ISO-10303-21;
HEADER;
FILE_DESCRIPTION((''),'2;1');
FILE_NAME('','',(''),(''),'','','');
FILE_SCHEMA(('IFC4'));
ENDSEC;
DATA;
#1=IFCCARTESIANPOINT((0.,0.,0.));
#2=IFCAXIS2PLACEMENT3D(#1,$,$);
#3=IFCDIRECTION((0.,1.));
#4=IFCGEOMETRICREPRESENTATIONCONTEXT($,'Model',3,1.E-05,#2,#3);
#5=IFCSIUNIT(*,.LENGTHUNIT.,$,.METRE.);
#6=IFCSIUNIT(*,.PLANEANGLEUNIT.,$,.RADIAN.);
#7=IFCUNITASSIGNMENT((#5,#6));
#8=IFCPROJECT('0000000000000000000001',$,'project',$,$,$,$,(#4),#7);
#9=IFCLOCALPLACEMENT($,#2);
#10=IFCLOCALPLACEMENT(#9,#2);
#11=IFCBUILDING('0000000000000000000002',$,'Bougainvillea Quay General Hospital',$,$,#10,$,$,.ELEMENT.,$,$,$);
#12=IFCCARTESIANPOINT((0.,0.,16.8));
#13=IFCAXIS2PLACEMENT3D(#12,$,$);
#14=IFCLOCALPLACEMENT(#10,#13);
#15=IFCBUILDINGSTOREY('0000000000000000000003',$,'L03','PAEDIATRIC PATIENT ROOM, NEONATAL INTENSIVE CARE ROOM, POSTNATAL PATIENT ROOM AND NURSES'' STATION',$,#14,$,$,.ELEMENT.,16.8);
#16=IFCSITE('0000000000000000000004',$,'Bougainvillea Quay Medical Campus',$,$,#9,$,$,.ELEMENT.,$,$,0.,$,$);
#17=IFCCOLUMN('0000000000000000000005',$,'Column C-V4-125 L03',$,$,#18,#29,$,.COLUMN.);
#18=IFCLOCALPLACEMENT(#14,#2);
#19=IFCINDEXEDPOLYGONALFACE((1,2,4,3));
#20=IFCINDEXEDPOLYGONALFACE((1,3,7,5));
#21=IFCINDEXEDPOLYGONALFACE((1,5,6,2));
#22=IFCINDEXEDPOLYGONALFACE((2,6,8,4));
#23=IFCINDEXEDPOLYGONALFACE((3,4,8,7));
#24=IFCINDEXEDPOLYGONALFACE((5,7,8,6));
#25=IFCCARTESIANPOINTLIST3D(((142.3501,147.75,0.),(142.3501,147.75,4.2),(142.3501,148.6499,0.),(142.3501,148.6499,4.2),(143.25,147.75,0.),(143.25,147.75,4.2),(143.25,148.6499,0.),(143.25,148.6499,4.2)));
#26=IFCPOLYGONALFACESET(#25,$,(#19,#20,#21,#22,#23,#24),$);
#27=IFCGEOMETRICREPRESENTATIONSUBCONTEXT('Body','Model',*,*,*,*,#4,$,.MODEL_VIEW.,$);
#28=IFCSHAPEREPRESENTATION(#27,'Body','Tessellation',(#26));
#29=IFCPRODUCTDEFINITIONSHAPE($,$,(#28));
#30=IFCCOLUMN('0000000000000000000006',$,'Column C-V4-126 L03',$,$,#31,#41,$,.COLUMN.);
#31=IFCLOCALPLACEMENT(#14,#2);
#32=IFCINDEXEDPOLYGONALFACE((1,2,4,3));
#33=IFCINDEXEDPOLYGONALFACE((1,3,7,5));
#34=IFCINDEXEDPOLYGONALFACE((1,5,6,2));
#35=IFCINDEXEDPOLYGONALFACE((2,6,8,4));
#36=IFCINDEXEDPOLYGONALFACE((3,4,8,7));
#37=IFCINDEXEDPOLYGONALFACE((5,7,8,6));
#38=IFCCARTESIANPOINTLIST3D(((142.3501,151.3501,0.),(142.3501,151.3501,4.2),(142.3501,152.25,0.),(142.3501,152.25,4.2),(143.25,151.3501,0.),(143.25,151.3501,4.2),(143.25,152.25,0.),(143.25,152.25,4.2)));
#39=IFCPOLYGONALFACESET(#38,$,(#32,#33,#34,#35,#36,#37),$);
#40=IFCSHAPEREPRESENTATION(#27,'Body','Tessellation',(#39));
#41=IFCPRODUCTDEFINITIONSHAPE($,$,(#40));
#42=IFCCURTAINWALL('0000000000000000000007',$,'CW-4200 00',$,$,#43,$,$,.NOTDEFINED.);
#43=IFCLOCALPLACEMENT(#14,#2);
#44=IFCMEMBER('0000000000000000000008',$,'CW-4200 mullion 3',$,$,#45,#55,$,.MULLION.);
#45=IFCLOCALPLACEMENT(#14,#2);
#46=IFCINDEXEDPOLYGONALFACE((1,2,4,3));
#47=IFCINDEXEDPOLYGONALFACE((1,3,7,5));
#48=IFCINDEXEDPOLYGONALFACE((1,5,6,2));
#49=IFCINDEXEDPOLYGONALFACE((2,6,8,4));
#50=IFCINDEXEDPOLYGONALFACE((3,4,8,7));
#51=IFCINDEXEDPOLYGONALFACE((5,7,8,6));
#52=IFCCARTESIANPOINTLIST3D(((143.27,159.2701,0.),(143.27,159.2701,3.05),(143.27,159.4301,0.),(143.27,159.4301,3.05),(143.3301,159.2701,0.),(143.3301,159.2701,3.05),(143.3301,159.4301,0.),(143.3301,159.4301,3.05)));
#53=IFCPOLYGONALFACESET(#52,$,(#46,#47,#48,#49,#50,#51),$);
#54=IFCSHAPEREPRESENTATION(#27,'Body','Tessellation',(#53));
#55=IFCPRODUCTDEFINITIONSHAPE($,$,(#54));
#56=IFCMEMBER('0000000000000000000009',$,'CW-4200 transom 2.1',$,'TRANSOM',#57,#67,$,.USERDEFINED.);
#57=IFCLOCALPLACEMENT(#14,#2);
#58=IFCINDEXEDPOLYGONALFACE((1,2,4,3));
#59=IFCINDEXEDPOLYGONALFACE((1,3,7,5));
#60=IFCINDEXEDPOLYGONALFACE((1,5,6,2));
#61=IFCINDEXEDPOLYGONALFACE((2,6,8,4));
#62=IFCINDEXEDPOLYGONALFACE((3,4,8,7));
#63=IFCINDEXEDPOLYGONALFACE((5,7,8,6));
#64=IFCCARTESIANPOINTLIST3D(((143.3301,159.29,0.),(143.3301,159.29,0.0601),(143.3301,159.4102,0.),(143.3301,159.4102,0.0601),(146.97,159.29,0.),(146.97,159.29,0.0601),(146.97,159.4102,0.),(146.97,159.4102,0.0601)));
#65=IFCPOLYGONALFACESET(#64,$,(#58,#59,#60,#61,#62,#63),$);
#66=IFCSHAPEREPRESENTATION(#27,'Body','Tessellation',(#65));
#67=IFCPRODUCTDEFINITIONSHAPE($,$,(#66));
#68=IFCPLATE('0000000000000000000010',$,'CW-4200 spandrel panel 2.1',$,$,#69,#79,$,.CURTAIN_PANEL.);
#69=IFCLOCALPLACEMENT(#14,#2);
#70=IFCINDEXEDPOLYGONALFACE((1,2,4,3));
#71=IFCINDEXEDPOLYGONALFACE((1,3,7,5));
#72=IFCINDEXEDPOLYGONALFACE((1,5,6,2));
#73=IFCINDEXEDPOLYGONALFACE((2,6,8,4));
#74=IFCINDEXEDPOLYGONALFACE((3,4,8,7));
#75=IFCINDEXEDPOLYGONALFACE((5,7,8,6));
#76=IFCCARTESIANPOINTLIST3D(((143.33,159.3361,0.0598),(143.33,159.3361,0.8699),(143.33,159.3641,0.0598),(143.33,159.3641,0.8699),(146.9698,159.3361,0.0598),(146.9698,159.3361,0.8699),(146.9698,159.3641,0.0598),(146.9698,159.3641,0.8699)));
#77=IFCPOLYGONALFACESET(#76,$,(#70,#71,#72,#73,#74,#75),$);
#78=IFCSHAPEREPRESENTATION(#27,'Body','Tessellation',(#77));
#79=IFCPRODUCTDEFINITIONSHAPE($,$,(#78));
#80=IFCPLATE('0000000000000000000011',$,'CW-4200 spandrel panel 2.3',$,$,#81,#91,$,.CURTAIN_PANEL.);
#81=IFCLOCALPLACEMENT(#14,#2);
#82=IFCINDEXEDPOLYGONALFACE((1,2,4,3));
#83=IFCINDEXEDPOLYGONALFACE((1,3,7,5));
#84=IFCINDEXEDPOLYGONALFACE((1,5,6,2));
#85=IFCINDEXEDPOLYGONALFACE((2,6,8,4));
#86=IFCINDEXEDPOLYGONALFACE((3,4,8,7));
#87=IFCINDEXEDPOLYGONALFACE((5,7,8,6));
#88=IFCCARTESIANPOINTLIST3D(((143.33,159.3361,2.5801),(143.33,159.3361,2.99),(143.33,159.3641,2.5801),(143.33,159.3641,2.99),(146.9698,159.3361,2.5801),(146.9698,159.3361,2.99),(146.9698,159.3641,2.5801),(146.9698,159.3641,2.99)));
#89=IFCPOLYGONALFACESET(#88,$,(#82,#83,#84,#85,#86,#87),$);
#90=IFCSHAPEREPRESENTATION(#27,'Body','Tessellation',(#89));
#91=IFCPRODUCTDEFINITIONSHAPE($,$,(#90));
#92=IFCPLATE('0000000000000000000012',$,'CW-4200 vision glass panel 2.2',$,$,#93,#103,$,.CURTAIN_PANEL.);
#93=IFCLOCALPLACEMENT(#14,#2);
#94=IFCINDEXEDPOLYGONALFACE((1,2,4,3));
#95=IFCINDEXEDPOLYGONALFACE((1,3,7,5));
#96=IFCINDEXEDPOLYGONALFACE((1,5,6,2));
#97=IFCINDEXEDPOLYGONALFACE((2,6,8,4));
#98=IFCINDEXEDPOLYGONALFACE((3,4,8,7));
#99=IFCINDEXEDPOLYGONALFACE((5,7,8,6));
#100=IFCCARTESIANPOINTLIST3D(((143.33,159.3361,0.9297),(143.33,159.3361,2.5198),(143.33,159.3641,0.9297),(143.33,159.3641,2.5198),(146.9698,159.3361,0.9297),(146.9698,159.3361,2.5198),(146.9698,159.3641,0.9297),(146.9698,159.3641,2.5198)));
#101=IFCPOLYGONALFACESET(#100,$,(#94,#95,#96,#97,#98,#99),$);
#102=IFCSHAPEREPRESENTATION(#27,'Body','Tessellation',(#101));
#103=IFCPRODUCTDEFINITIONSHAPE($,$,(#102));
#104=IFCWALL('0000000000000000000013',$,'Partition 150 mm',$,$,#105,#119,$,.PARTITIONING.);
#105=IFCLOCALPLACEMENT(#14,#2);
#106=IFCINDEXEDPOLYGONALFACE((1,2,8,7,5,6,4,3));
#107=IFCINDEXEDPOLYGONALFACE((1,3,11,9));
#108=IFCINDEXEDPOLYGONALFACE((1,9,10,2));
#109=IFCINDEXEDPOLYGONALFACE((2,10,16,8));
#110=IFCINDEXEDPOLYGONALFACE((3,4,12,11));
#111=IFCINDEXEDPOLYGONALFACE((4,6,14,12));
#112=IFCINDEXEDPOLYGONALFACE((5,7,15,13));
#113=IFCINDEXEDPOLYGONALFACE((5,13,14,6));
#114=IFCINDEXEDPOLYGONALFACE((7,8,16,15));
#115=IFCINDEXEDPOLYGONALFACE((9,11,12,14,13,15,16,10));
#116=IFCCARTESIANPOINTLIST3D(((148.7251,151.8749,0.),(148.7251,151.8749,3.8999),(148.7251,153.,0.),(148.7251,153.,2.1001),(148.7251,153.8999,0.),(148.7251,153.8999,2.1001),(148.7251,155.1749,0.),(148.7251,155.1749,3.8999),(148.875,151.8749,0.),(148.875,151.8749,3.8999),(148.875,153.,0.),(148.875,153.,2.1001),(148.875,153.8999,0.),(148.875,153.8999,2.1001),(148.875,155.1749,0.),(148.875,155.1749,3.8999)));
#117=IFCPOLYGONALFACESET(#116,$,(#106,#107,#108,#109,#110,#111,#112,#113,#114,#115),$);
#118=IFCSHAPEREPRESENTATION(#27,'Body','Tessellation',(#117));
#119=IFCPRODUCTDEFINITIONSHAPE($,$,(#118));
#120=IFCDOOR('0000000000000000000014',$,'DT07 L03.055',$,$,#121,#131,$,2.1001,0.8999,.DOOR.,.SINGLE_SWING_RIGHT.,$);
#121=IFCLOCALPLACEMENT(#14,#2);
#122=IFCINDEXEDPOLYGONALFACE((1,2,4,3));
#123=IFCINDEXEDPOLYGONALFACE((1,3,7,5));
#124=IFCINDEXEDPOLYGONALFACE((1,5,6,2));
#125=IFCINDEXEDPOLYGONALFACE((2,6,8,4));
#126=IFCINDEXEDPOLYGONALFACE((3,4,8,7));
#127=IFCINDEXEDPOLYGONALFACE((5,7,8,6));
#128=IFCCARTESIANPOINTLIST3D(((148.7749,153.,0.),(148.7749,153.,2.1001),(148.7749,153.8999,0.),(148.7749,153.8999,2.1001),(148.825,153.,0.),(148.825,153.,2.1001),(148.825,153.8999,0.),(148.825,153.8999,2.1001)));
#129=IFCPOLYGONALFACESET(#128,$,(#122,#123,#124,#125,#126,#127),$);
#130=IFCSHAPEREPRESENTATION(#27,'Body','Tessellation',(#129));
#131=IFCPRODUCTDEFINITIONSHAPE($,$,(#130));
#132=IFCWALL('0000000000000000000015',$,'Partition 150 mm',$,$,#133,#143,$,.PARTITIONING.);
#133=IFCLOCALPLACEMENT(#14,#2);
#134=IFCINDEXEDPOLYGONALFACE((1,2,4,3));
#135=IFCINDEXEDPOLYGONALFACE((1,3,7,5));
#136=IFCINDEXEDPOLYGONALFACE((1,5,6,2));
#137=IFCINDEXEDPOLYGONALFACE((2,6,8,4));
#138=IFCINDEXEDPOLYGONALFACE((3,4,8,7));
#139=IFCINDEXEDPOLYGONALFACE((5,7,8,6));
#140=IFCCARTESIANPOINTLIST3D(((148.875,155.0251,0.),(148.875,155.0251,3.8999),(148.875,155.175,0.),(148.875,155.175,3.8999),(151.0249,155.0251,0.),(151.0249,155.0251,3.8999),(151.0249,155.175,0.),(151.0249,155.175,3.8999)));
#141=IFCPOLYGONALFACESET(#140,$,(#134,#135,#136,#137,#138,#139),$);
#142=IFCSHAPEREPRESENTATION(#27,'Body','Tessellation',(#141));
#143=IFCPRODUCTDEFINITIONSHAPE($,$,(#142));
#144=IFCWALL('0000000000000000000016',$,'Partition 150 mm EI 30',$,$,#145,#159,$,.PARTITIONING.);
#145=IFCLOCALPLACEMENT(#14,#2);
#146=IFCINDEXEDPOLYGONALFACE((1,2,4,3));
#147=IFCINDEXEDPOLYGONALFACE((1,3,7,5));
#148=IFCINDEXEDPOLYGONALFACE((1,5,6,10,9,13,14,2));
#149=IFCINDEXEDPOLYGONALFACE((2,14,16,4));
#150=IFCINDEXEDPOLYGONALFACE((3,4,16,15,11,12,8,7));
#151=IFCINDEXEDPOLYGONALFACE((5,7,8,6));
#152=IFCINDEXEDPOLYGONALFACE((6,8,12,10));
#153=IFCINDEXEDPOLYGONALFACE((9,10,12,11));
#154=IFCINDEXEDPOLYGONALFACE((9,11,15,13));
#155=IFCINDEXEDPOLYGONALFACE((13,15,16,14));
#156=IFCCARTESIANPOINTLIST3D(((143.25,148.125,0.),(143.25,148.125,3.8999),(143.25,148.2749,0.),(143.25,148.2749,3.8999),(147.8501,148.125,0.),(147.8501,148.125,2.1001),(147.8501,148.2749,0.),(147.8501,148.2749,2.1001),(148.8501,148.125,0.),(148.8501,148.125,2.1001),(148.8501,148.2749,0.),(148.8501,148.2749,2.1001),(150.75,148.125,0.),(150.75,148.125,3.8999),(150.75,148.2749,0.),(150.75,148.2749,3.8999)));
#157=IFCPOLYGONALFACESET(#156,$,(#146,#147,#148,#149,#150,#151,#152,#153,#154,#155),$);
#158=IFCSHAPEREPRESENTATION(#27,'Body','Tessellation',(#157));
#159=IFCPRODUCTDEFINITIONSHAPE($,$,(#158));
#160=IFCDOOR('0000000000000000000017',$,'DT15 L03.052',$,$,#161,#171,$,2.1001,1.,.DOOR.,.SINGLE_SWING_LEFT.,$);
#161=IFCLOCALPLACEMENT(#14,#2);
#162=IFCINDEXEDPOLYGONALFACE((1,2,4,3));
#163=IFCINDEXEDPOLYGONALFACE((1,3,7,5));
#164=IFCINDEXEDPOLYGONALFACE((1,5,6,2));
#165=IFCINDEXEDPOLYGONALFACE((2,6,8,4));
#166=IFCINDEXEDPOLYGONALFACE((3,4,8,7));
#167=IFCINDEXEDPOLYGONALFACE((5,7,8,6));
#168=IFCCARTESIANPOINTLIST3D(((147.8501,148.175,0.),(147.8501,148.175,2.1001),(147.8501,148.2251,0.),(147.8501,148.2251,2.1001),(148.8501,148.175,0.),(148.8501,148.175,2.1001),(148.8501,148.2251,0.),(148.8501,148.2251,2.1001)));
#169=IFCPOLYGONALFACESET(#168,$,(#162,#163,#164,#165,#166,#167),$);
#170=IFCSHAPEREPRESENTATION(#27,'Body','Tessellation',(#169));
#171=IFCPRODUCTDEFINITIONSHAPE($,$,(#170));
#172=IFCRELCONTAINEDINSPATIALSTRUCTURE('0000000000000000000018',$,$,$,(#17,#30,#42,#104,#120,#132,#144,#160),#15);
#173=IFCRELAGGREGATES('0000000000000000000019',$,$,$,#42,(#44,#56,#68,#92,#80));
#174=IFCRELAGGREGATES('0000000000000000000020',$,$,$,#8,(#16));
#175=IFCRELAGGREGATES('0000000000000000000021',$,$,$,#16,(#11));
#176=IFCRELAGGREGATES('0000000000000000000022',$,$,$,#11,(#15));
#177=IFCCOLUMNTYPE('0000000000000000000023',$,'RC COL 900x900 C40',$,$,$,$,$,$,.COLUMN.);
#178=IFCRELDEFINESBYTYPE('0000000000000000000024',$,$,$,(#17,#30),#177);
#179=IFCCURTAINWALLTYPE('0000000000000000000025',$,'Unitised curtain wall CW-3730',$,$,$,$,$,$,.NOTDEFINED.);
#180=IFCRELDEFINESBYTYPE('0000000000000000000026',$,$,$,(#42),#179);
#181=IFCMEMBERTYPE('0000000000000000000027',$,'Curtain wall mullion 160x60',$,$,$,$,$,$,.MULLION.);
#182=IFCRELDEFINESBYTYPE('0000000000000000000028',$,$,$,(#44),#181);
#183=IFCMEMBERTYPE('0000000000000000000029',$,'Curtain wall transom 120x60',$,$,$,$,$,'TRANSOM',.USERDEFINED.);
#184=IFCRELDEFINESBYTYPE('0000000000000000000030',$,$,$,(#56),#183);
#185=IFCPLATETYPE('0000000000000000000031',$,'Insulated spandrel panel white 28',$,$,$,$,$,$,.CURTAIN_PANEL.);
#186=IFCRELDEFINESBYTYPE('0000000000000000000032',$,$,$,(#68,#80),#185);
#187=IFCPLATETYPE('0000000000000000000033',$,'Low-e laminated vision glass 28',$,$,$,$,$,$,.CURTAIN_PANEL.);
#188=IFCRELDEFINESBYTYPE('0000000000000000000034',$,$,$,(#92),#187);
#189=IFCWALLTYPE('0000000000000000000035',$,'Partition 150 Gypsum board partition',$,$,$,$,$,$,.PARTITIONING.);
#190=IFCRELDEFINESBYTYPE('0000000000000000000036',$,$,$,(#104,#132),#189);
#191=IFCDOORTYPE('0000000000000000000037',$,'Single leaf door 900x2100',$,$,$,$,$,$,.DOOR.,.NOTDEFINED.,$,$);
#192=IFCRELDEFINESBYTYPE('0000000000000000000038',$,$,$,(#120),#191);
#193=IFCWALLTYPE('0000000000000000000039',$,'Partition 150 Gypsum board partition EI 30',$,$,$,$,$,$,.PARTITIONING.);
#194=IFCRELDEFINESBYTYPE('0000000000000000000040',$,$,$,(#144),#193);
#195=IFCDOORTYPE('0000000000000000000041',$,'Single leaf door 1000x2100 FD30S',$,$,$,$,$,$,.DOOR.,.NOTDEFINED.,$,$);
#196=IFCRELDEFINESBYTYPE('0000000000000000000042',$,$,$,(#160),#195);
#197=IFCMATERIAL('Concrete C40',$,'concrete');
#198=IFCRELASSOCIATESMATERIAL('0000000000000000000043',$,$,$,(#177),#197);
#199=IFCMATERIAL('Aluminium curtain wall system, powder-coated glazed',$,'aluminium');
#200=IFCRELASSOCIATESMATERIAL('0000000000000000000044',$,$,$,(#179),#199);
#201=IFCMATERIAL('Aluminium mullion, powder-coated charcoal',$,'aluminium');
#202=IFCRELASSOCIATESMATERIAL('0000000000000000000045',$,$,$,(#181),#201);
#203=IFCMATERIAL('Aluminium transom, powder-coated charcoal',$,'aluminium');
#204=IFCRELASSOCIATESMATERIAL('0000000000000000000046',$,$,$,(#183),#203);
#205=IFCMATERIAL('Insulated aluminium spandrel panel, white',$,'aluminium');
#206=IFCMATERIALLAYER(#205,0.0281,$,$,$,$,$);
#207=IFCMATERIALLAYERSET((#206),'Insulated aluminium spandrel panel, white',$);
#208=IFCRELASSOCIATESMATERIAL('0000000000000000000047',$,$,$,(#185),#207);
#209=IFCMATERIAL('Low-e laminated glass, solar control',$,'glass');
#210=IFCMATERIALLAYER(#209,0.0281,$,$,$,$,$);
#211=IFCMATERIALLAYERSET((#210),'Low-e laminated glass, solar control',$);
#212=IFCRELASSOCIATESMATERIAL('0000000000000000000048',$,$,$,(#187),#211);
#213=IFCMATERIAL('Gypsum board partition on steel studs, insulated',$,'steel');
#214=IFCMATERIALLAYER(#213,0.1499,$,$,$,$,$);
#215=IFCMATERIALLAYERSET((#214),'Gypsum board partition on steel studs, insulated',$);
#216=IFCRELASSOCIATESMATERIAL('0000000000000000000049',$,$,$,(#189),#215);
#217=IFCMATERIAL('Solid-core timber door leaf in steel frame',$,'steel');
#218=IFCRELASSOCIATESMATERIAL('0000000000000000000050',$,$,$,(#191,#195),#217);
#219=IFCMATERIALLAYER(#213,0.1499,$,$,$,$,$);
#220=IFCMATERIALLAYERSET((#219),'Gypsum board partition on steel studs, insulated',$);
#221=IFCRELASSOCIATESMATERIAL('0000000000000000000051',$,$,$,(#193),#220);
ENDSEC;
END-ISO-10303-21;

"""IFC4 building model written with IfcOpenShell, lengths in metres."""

from ifc_helpers import new_model, si_unit, direction, frame, frame_2d, origin, origin_2d, place, context, subcontext, project, spatial, rectangle, extrude, material, layer, layer_set, material_profile, profile_set, type_object, element, fill, aggregate, save


model = new_model("IFC4")

# Units and contexts
model_context = context("Model", 3, precision=1e-05, world=origin(), true_north=direction((0.0, 1.0)))
body_context = subcontext(model_context, "Body", "Model", "MODEL_VIEW")
ifc_project = project(units=[si_unit("LENGTHUNIT", "METRE"), si_unit("PLANEANGLEUNIT", "RADIAN")], contexts=[model_context])

# Site, building, storey
site_placement = place(None, origin())
site = spatial("IfcSite", under=ifc_project, at=site_placement, Name="Bougainvillea Quay Medical Campus", CompositionType="ELEMENT", RefElevation=0.0)
building_placement = place(site_placement, origin())
building = spatial("IfcBuilding", under=site, at=building_placement, Name="Bougainvillea Quay General Hospital", CompositionType="ELEMENT")
storey_placement = place(building_placement, frame((0.0, 0.0, 16.8)))
storey = spatial("IfcBuildingStorey", under=building, at=storey_placement, Name="L03", Description="PAEDIATRIC PATIENT ROOM, NEONATAL INTENSIVE CARE ROOM, POSTNATAL PATIENT ROOM AND NURSES' STATION", CompositionType="ELEMENT", Elevation=16.8)

# Columns
ifc_material_1 = material(Name="Concrete C40", Category="concrete")
ifc_material_profile_1 = material_profile(ifc_material_1, rectangle(XDim=0.8999, YDim=0.8999, at=origin_2d()))
ifc_profile_set_1 = profile_set([ifc_material_profile_1], Name="Concrete C40")
column_type = type_object("IfcColumnType", Name="RC COL 900x900 C40", PredefinedType="COLUMN", material=ifc_profile_set_1)
for number, where, z_axis, x_axis, name in (
    (1, (142.8, 148.2, 0.0), (0.0, 0.0, 1.0), (1.0, 0.0, 0.0), "Column C-V4-125 L03"),
    (2, (142.8, 151.8, 0.0), (0.0, 0.0, 1.0), (1.0, 0.0, 0.0), "Column C-V4-126 L03"),
):
    element("IfcColumn", number, at=place(storey_placement, frame(where, z_axis=z_axis, x_axis=x_axis)), inside=storey, type_object=column_type, Name=name, PredefinedType="COLUMN", context=body_context, shape_type="SweptSolid", body=[
        extrude(rectangle(XDim=0.8999, YDim=0.8999, at=origin_2d()), origin(), (0.0, 0.0, 1.0), 4.2),
    ])

# Curtain wall, members, plates
ifc_material_2 = material(Name="Aluminium curtain wall system, powder-coated glazed", Category="aluminium")
curtain_wall_type = type_object("IfcCurtainWallType", Name="Unitised curtain wall CW-3730", PredefinedType="NOTDEFINED", material=ifc_material_2)
curtain_wall_placement = place(storey_placement, origin())
curtain_wall = element("IfcCurtainWall", 3, at=curtain_wall_placement, inside=storey, type_object=curtain_wall_type, Name="CW-4200 00", PredefinedType="NOTDEFINED")
ifc_material_3 = material(Name="Aluminium mullion, powder-coated charcoal", Category="aluminium")
ifc_material_profile_2 = material_profile(ifc_material_3, rectangle(XDim=0.1599, YDim=0.0601, at=origin_2d()))
ifc_profile_set_2 = profile_set([ifc_material_profile_2], Name="Aluminium mullion, powder-coated charcoal")
member_type_1 = type_object("IfcMemberType", Name="Curtain wall mullion 160x60", PredefinedType="MULLION", material=ifc_profile_set_2)
member_1_placement = place(storey_placement, frame((143.3, 159.3501, 0.0), z_axis=(0.0, 0.0, 1.0), x_axis=(0.0, -1.0, 0.0)))
member_1 = element("IfcMember", 4, at=member_1_placement, type_object=member_type_1, Name="CW-4200 mullion 3", PredefinedType="MULLION", context=body_context, shape_type="SweptSolid", body=[
    extrude(rectangle(XDim=0.1599, YDim=0.0601, at=origin_2d()), origin(), (0.0, 0.0, 1.0), 3.05),
])
ifc_material_4 = material(Name="Aluminium transom, powder-coated charcoal", Category="aluminium")
ifc_material_profile_3 = material_profile(ifc_material_4, rectangle(XDim=0.1201, YDim=0.0601, at=origin_2d()))
ifc_profile_set_3 = profile_set([ifc_material_profile_3], Name="Aluminium transom, powder-coated charcoal")
member_type_2 = type_object("IfcMemberType", Name="Curtain wall transom 120x60", ElementType="TRANSOM", PredefinedType="USERDEFINED", material=ifc_profile_set_3)
member_2_placement = place(storey_placement, frame((146.97, 159.3501, 0.03), z_axis=(-1.0, 0.0, 0.0), x_axis=(0.0, -1.0, 0.0)))
member_2 = element("IfcMember", 5, at=member_2_placement, type_object=member_type_2, Name="CW-4200 transom 2.1", ObjectType="TRANSOM", PredefinedType="USERDEFINED", context=body_context, shape_type="SweptSolid", body=[
    extrude(rectangle(XDim=0.1201, YDim=0.0601, at=origin_2d()), origin(), (0.0, 0.0, 1.0), 3.6399),
])
ifc_material_5 = material(Name="Insulated aluminium spandrel panel, white", Category="aluminium")
ifc_layer_1 = layer(ifc_material_5, 0.0281)
ifc_layer_set_1 = layer_set([ifc_layer_1], Name="Insulated aluminium spandrel panel, white")
plate_type_1 = type_object("IfcPlateType", Name="Insulated spandrel panel white 28", PredefinedType="CURTAIN_PANEL", material=ifc_layer_set_1)
plate_1_placement = place(storey_placement, frame((145.1499, 159.3501, 0.0598), z_axis=(0.0, 0.0, 1.0), x_axis=(-1.0, 0.0, 0.0)))
plate_1 = element("IfcPlate", 6, at=plate_1_placement, type_object=plate_type_1, Name="CW-4200 spandrel panel 2.1", PredefinedType="CURTAIN_PANEL", context=body_context, shape_type="SweptSolid", body=[
    extrude(rectangle(XDim=3.6399, YDim=0.0281, at=origin_2d()), origin(), (0.0, 0.0, 1.0), 0.8101),
])
plate_2_placement = place(storey_placement, frame((145.1499, 159.3501, 2.5801), z_axis=(0.0, 0.0, 1.0), x_axis=(-1.0, 0.0, 0.0)))
plate_2 = element("IfcPlate", 7, at=plate_2_placement, type_object=plate_type_1, Name="CW-4200 spandrel panel 2.3", PredefinedType="CURTAIN_PANEL", context=body_context, shape_type="SweptSolid", body=[
    extrude(rectangle(XDim=3.6399, YDim=0.0281, at=origin_2d()), origin(), (0.0, 0.0, 1.0), 0.4099),
])
ifc_material_6 = material(Name="Low-e laminated glass, solar control", Category="glass")
ifc_layer_2 = layer(ifc_material_6, 0.0281)
ifc_layer_set_2 = layer_set([ifc_layer_2], Name="Low-e laminated glass, solar control")
plate_type_2 = type_object("IfcPlateType", Name="Low-e laminated vision glass 28", PredefinedType="CURTAIN_PANEL", material=ifc_layer_set_2)
plate_3_placement = place(storey_placement, frame((145.1499, 159.3501, 0.9297), z_axis=(0.0, 0.0, 1.0), x_axis=(-1.0, 0.0, 0.0)))
plate_3 = element("IfcPlate", 8, at=plate_3_placement, type_object=plate_type_2, Name="CW-4200 vision glass panel 2.2", PredefinedType="CURTAIN_PANEL", context=body_context, shape_type="SweptSolid", body=[
    extrude(rectangle(XDim=3.6399, YDim=0.0281, at=origin_2d()), origin(), (0.0, 0.0, 1.0), 1.5901),
])
aggregate(curtain_wall, [member_1, member_2, plate_1, plate_3, plate_2])

# Wall, opening, door
ifc_material_7 = material(Name="Gypsum board partition on steel studs, insulated", Category="steel")
ifc_layer_3 = layer(ifc_material_7, 0.1499)
ifc_layer_set_3 = layer_set([ifc_layer_3], Name="Gypsum board partition on steel studs, insulated")
wall_type_1 = type_object("IfcWallType", Name="Partition 150 Gypsum board partition", PredefinedType="PARTITIONING", material=ifc_layer_set_3)
wall_1_placement = place(storey_placement, frame((148.8, 151.875, 0.0), z_axis=(0.0, 0.0, 1.0), x_axis=(0.0, 1.0, 0.0)))
wall_1 = element("IfcWall", 9, at=wall_1_placement, inside=storey, type_object=wall_type_1, Name="Partition 150 mm", PredefinedType="PARTITIONING", context=body_context, shape_type="SweptSolid", body=[
    extrude(rectangle(XDim=3.3, YDim=0.1499, at=frame_2d((1.6499, 0.0))), origin(), (0.0, 0.0, 1.0), 3.8999),
])
opening_1_placement = place(wall_1_placement, frame((1.125, 0.0, 0.0)))
opening_1 = element("IfcOpeningElement", 10, at=opening_1_placement, cuts=wall_1, PredefinedType="OPENING", context=body_context, shape_type="SweptSolid", body=[
    extrude(rectangle(XDim=0.8999, YDim=2.1001, at=frame_2d((0.45, 1.05))), frame((0.0, 0.085, 0.0), z_axis=(0.0, -1.0, 0.0), x_axis=(1.0, 0.0, 0.0)), (0.0, 0.0, 1.0), 0.1699),
])
ifc_material_8 = material(Name="Solid-core timber door leaf in steel frame", Category="steel")
door_type_1 = type_object("IfcDoorType", Name="Single leaf door 900x2100", OperationType="NOTDEFINED", PredefinedType="DOOR", material=ifc_material_8)
door_1_placement = place(opening_1_placement, frame((0.8999, 0.0, 0.0), z_axis=(0.0, 0.0, 1.0), x_axis=(-1.0, 0.0, 0.0)))
door_1 = element("IfcDoor", 11, at=door_1_placement, inside=storey, type_object=door_type_1, Name="DT07 L03.055", OperationType="SINGLE_SWING_RIGHT", OverallHeight=2.1001, OverallWidth=0.8999, PredefinedType="DOOR", context=body_context, shape_type="SweptSolid", body=[
    extrude(rectangle(XDim=0.8999, YDim=2.1001, at=frame_2d((0.45, 1.05))), frame((0.0, 0.0249, 0.0), z_axis=(0.0, -1.0, 0.0), x_axis=(1.0, 0.0, 0.0)), (0.0, 0.0, 1.0), 0.05),
])
fill(opening_1, door_1)

# Wall
wall_2_placement = place(storey_placement, frame((148.875, 155.1001, 0.0), z_axis=(0.0, 0.0, 1.0), x_axis=(1.0, 0.0, 0.0)))
element("IfcWall", 12, at=wall_2_placement, inside=storey, type_object=wall_type_1, Name="Partition 150 mm", PredefinedType="PARTITIONING", context=body_context, shape_type="SweptSolid", body=[
    extrude(rectangle(XDim=2.1499, YDim=0.1499, at=frame_2d((1.075, 0.0))), origin(), (0.0, 0.0, 1.0), 3.8999),
])

# Wall, opening, door
ifc_layer_4 = layer(ifc_material_7, 0.1499)
ifc_layer_set_4 = layer_set([ifc_layer_4], Name="Gypsum board partition on steel studs, insulated")
wall_type_2 = type_object("IfcWallType", Name="Partition 150 Gypsum board partition EI 30", PredefinedType="PARTITIONING", material=ifc_layer_set_4)
wall_3_placement = place(storey_placement, frame((143.25, 148.2, 0.0), z_axis=(0.0, 0.0, 1.0), x_axis=(1.0, 0.0, 0.0)))
wall_3 = element("IfcWall", 13, at=wall_3_placement, inside=storey, type_object=wall_type_2, Name="Partition 150 mm EI 30", PredefinedType="PARTITIONING", context=body_context, shape_type="SweptSolid", body=[
    extrude(rectangle(XDim=7.5, YDim=0.1499, at=frame_2d((3.75, 0.0))), origin(), (0.0, 0.0, 1.0), 3.8999),
])
opening_2_placement = place(wall_3_placement, frame((4.6001, 0.0, 0.0)))
opening_2 = element("IfcOpeningElement", 14, at=opening_2_placement, cuts=wall_3, PredefinedType="OPENING", context=body_context, shape_type="SweptSolid", body=[
    extrude(rectangle(XDim=1.0, YDim=2.1001, at=frame_2d((0.5, 1.05))), frame((0.0, 0.085, 0.0), z_axis=(0.0, -1.0, 0.0), x_axis=(1.0, 0.0, 0.0)), (0.0, 0.0, 1.0), 0.1699),
])
door_type_2 = type_object("IfcDoorType", Name="Single leaf door 1000x2100 FD30S", OperationType="NOTDEFINED", PredefinedType="DOOR", material=ifc_material_8)
door_2_placement = place(opening_2_placement, frame((1.0, 0.0, 0.0), z_axis=(0.0, 0.0, 1.0), x_axis=(-1.0, 0.0, 0.0)))
door_2 = element("IfcDoor", 15, at=door_2_placement, inside=storey, type_object=door_type_2, Name="DT15 L03.052", OperationType="SINGLE_SWING_LEFT", OverallHeight=2.1001, OverallWidth=1.0, PredefinedType="DOOR", context=body_context, shape_type="SweptSolid", body=[
    extrude(rectangle(XDim=1.0, YDim=2.1001, at=frame_2d((0.5, 1.05))), frame((0.0, 0.0249, 0.0), z_axis=(0.0, -1.0, 0.0), x_axis=(1.0, 0.0, 0.0)), (0.0, 0.0, 1.0), 0.05),
])
fill(opening_2, door_2)

save(model, "model.ifc")
